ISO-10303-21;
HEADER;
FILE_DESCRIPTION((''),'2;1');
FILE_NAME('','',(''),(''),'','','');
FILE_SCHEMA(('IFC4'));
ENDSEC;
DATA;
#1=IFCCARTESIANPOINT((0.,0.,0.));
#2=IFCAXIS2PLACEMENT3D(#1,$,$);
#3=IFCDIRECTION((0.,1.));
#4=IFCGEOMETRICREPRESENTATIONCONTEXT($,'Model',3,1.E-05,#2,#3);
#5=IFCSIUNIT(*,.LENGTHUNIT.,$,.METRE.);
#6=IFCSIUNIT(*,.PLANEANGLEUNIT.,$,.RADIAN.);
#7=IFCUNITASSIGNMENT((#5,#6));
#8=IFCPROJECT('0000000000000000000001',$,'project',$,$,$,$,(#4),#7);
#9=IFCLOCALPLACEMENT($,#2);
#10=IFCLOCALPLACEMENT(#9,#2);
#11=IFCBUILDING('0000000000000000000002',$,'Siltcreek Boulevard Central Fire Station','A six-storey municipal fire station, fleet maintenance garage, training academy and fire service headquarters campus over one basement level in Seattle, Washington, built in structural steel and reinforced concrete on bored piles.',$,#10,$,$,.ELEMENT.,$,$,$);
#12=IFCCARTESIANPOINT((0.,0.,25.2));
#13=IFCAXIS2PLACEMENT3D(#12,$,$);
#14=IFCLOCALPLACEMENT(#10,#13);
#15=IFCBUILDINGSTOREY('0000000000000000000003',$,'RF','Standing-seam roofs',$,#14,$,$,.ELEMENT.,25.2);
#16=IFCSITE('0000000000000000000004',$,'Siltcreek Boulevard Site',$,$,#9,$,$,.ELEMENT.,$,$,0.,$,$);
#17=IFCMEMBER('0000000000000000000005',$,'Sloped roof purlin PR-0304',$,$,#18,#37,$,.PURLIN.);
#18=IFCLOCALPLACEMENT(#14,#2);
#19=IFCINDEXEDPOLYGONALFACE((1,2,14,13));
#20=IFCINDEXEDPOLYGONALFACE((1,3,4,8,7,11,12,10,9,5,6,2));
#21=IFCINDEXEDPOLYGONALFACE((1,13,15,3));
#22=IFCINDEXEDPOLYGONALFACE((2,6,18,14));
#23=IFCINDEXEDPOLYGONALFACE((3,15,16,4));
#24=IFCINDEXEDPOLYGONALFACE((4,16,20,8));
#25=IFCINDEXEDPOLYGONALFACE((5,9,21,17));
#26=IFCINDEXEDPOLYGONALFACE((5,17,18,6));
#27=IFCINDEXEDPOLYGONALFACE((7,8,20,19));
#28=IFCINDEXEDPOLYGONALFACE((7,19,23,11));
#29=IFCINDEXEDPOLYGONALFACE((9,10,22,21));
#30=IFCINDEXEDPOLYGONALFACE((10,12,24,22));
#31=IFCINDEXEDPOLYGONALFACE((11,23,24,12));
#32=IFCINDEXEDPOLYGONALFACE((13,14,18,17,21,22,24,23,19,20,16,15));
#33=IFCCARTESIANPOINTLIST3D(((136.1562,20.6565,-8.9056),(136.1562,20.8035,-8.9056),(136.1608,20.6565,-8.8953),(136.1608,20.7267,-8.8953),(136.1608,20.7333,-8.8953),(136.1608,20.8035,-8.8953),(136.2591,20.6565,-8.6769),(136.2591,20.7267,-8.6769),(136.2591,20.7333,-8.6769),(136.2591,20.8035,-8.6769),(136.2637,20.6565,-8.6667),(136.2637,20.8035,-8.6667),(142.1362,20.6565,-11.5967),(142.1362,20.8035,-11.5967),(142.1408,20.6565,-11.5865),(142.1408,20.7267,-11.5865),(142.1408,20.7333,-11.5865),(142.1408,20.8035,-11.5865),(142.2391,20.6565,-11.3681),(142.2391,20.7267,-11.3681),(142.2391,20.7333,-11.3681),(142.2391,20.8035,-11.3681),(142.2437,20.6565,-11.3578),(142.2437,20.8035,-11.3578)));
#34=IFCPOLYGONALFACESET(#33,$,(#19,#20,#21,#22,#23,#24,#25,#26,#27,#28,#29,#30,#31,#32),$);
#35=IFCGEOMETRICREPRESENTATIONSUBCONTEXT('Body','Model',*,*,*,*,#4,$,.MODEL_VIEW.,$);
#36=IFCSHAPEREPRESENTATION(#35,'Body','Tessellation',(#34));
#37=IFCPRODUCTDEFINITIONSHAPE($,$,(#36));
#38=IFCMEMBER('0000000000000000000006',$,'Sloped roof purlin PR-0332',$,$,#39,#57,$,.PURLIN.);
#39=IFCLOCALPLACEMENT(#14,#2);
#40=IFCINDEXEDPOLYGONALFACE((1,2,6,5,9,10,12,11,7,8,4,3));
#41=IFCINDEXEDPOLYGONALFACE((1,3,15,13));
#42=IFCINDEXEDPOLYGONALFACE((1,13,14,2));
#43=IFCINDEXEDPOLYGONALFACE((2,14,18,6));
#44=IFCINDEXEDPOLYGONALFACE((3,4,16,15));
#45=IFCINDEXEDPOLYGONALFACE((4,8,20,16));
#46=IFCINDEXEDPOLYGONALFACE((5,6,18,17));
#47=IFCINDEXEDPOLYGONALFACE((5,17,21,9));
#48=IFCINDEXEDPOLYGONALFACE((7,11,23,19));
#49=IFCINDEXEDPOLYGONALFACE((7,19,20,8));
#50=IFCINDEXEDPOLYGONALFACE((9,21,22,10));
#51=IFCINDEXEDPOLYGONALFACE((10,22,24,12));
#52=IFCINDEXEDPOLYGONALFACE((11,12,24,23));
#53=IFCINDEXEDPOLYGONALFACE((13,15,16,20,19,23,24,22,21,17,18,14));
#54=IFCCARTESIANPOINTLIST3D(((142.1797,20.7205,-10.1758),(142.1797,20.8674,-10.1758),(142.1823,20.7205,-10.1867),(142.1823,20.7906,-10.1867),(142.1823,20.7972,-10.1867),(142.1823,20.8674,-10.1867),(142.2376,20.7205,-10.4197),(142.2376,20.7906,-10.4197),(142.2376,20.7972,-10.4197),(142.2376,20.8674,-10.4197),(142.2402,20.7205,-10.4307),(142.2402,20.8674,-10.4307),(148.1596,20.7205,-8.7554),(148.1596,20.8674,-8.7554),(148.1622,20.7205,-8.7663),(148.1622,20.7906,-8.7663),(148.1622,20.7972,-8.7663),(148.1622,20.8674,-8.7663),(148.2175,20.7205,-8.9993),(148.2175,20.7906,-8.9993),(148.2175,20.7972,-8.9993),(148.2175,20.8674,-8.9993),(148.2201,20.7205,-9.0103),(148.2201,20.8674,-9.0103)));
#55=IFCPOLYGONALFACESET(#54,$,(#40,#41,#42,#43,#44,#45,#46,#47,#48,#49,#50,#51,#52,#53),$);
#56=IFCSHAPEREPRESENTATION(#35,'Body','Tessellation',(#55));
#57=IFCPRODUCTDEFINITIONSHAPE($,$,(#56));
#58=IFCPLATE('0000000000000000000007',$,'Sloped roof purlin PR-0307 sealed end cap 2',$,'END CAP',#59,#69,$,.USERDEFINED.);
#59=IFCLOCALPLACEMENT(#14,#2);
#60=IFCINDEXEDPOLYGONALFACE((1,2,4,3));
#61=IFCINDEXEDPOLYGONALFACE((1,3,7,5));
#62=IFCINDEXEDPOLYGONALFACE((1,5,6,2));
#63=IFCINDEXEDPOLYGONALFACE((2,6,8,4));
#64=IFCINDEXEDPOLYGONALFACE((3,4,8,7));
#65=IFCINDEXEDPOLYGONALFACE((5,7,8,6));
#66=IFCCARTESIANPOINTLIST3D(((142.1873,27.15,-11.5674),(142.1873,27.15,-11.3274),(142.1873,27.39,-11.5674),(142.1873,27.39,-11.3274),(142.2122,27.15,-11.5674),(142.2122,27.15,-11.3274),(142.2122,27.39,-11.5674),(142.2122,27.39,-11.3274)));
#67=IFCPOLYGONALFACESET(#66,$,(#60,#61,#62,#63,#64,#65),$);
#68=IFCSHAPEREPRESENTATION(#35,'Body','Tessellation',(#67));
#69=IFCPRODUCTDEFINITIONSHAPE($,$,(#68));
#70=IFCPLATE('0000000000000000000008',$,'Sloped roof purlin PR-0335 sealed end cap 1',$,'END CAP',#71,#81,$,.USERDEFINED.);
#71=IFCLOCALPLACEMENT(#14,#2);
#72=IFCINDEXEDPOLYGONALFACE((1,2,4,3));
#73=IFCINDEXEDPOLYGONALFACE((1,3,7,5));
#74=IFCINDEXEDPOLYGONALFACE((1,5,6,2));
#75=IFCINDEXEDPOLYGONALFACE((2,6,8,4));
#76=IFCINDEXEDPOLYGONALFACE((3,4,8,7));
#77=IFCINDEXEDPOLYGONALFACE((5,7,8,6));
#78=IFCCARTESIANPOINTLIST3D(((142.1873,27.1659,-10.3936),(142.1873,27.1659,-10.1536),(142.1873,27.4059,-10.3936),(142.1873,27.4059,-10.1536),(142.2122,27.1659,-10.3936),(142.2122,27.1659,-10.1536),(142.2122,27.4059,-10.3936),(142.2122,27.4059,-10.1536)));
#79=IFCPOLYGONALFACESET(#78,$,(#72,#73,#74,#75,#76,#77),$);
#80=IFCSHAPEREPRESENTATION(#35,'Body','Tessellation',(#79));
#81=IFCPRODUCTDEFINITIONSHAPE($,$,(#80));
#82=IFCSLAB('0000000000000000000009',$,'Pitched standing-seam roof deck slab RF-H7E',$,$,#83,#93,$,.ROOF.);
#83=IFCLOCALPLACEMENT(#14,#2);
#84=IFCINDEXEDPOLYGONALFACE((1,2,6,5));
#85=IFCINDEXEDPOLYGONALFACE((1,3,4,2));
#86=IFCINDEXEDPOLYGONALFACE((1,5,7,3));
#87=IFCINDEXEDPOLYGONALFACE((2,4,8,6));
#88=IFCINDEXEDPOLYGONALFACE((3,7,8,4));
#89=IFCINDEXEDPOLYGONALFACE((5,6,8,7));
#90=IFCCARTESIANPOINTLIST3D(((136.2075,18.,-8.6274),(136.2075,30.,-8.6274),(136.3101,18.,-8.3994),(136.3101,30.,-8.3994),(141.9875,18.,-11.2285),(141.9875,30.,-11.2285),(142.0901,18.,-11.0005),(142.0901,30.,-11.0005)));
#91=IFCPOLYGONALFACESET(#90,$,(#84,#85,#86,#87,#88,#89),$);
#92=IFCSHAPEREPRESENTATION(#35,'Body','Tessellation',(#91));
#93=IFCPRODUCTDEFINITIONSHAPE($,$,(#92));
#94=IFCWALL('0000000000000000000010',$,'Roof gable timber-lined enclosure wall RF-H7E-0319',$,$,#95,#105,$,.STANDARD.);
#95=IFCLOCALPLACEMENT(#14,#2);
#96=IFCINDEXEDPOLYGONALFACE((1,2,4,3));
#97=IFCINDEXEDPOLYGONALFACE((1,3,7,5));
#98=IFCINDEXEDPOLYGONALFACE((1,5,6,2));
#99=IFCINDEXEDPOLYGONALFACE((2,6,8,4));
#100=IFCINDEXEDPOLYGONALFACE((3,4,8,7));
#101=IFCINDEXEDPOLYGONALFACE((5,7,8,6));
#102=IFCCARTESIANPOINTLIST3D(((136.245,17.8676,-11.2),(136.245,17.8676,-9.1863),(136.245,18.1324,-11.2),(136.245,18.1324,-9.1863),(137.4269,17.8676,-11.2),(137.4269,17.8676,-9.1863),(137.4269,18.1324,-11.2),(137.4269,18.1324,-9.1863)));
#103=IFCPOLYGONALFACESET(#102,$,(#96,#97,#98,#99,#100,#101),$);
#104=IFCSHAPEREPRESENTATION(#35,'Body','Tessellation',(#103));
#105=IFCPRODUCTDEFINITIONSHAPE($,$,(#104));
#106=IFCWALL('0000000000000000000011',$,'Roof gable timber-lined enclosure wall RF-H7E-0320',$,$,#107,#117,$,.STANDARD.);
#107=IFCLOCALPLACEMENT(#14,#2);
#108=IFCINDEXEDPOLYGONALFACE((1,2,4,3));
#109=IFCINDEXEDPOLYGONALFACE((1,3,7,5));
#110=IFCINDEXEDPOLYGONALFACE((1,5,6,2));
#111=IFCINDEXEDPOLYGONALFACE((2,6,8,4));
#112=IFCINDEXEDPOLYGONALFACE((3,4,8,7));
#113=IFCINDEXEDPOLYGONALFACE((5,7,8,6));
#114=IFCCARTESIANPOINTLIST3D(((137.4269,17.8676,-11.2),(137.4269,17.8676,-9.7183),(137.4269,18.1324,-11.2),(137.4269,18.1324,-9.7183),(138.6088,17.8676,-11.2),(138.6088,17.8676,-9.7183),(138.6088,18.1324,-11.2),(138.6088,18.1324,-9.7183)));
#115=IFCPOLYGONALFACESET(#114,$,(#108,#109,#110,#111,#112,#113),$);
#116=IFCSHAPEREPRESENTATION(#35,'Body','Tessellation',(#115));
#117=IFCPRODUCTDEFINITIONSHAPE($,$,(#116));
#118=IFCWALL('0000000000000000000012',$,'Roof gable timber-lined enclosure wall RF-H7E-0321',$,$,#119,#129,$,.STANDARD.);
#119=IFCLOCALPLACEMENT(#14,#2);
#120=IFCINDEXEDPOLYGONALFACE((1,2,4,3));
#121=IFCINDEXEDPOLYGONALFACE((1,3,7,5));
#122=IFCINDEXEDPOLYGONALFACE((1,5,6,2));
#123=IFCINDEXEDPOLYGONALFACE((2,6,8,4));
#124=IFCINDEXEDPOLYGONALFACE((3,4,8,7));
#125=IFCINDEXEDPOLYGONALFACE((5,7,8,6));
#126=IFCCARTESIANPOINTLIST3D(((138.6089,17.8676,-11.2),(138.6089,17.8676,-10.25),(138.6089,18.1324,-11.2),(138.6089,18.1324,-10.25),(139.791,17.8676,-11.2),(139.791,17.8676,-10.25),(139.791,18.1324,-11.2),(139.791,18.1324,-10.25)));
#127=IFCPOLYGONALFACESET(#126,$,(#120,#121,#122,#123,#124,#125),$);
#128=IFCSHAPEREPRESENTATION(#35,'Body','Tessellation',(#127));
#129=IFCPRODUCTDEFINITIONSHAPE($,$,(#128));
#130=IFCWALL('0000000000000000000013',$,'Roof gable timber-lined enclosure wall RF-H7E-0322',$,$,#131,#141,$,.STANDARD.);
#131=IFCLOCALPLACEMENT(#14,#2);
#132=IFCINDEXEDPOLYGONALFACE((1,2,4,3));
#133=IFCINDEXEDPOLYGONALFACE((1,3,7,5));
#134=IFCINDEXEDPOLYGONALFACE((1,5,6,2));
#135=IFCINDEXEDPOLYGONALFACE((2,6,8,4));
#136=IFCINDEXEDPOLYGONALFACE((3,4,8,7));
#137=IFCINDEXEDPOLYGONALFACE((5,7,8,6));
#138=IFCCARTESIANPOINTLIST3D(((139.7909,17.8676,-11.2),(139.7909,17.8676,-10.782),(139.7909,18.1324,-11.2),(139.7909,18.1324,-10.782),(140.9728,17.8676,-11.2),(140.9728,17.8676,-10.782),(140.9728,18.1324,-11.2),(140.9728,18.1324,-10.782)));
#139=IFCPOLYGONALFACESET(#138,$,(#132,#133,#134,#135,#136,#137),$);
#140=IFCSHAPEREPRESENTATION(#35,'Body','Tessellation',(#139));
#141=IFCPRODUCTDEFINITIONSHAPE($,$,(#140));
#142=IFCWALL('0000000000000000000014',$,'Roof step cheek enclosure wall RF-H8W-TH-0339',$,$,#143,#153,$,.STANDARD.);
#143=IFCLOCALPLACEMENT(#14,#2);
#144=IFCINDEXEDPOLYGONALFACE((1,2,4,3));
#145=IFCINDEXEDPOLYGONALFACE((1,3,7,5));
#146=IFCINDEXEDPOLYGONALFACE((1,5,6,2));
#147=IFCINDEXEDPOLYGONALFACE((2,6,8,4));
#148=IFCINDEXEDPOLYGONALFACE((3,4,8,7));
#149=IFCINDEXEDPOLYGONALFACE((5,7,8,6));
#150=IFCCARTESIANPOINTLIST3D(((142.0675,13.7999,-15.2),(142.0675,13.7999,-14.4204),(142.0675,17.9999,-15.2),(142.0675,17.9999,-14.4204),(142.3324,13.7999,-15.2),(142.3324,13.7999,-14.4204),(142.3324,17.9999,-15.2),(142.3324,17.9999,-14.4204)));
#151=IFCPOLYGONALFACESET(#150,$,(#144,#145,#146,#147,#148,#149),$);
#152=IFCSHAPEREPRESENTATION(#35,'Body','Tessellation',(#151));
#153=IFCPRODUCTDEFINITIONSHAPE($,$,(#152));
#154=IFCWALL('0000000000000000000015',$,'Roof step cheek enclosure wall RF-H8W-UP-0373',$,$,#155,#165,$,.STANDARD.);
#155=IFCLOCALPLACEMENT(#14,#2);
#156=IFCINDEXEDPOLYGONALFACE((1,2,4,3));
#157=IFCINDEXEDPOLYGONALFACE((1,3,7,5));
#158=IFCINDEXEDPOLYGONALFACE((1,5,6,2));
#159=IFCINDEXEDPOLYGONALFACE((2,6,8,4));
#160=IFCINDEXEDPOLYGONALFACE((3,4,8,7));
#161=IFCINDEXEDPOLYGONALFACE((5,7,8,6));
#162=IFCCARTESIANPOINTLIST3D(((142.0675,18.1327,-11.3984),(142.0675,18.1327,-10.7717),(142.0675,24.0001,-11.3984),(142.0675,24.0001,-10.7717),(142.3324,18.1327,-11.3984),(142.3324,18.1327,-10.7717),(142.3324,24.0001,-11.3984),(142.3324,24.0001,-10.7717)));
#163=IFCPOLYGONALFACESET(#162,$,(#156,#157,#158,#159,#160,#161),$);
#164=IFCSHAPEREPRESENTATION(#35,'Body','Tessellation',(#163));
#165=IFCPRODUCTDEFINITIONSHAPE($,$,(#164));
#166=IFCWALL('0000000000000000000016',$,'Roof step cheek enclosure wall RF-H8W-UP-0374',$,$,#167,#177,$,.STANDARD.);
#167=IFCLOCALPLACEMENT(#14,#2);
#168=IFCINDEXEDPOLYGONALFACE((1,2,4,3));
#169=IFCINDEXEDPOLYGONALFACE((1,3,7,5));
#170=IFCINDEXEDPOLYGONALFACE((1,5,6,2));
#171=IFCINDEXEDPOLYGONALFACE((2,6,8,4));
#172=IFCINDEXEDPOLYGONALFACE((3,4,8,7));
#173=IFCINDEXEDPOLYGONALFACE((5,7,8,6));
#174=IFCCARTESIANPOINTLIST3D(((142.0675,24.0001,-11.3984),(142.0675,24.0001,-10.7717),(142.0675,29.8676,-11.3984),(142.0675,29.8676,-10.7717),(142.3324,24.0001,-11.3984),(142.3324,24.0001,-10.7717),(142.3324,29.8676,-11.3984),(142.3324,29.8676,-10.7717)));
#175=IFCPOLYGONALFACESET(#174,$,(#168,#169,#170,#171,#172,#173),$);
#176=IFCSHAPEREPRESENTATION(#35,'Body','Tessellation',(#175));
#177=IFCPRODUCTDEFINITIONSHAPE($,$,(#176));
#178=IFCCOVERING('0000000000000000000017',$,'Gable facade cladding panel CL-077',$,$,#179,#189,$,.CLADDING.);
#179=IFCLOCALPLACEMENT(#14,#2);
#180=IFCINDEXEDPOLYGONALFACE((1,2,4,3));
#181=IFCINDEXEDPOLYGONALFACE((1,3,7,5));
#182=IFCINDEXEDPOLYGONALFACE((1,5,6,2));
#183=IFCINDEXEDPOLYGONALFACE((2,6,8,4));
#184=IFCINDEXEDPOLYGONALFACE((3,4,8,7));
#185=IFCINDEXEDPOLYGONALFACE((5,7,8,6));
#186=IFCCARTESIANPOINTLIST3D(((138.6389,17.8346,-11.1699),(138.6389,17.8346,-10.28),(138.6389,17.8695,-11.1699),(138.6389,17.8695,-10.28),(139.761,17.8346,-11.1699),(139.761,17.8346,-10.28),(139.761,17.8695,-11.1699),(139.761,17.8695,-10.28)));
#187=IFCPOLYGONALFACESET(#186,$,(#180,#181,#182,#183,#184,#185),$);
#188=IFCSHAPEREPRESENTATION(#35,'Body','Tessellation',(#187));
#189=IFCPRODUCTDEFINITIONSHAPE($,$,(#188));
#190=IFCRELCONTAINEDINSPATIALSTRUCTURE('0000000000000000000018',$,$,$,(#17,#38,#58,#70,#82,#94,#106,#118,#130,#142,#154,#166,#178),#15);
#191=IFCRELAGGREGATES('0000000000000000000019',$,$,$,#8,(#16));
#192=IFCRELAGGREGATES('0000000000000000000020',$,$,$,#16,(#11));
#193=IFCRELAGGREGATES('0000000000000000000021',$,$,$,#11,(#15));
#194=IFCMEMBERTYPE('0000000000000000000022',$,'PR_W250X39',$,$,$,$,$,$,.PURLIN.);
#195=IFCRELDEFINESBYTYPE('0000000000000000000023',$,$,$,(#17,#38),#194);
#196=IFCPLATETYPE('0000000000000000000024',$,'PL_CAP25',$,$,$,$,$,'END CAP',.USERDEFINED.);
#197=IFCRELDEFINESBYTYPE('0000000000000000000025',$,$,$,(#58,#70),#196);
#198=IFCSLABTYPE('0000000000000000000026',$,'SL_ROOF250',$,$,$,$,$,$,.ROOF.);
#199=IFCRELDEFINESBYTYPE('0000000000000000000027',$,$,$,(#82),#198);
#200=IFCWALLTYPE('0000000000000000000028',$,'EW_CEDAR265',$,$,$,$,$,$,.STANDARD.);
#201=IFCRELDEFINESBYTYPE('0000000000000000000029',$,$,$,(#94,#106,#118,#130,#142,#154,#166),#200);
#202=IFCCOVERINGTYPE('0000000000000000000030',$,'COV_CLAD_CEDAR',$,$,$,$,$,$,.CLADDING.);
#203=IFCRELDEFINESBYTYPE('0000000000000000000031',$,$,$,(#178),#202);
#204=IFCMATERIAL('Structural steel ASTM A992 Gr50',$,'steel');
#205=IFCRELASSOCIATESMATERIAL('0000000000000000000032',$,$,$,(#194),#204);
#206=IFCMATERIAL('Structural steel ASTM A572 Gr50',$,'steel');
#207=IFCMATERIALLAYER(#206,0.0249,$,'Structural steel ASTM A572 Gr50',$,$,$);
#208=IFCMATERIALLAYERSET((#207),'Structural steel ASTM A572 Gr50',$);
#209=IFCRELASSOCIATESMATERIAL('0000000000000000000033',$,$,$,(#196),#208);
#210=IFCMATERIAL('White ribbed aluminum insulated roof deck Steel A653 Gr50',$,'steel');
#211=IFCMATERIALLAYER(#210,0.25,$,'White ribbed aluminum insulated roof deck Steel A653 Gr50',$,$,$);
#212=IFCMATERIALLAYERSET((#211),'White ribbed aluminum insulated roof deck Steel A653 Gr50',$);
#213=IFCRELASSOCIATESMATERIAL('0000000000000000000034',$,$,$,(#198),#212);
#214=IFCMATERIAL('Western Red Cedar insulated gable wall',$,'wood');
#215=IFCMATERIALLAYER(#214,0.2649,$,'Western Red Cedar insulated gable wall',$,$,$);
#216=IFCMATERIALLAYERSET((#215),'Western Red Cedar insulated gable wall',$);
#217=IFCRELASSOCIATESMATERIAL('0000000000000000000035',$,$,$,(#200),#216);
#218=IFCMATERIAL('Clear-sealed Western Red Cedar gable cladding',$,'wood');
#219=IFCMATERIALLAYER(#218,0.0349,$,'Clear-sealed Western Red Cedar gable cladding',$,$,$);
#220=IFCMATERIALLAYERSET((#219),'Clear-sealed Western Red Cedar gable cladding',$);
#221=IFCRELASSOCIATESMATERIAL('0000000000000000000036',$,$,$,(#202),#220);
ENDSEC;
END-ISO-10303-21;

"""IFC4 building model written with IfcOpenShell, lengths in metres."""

from ifc_helpers import new_model, si_unit, direction, frame, frame_2d, origin, origin_2d, place, context, subcontext, project, spatial, polyline, rectangle, i_section, outline, extrude, material, layer, layer_set, material_profile, profile_set, type_object, element, save


model = new_model("IFC4")

# Units and contexts
model_context = context("Model", 3, precision=1e-05, world=origin(), true_north=direction((0.0, 1.0)))
body_context = subcontext(model_context, "Body", "Model", "MODEL_VIEW")
ifc_project = project(units=[si_unit("LENGTHUNIT", "METRE"), si_unit("PLANEANGLEUNIT", "RADIAN")], contexts=[model_context])

# Site, building, storey
site_placement = place(None, origin())
site = spatial("IfcSite", under=ifc_project, at=site_placement, Name="Siltcreek Boulevard Site", CompositionType="ELEMENT", RefElevation=0.0)
building_placement = place(site_placement, origin())
building = spatial("IfcBuilding", under=site, at=building_placement, Name="Siltcreek Boulevard Central Fire Station", Description="A six-storey municipal fire station, fleet maintenance garage, training academy and fire service headquarters campus over one basement level in Seattle, Washington, built in structural steel and reinforced concrete on bored piles.", CompositionType="ELEMENT")
storey_placement = place(building_placement, frame((0.0, 0.0, 25.2)))
storey = spatial("IfcBuildingStorey", under=building, at=storey_placement, Name="RF", Description="Standing-seam roofs", CompositionType="ELEMENT", Elevation=25.2)

# Shared definitions
ifc_material_1 = material(Name="Structural steel ASTM A992 Gr50", Category="steel")

# Members
ifc_material_profile_1 = material_profile(ifc_material_1, i_section(OverallWidth=0.147, OverallDepth=0.262, WebThickness=0.0066, FlangeThickness=0.0112, at=origin_2d()), Name="W250X39")
ifc_profile_set_1 = profile_set([ifc_material_profile_1], Name="Structural steel ASTM A992 Gr50")
member_type_1 = type_object("IfcMemberType", Name="PR_W250X39", PredefinedType="PURLIN", material=ifc_profile_set_1)
member_1_placement = place(storey_placement, frame((136.21, 20.73, -8.7861), z_axis=(0.911912, 0.0, -0.410386), x_axis=(0.0, 1.0, 0.0)))
element("IfcMember", 1, at=member_1_placement, inside=storey, type_object=member_type_1, Name="Sloped roof purlin PR-0304", PredefinedType="PURLIN", context=body_context, shape_type="SweptSolid", body=[
    extrude(i_section(OverallWidth=0.147, OverallDepth=0.262, WebThickness=0.0066, FlangeThickness=0.0112, at=origin_2d()), origin(), (0.0, 0.0, 1.0), 6.5576),
])
member_2_placement = place(storey_placement, frame((142.21, 20.7939, -10.3032), z_axis=(0.972931, 0.0, 0.231098), x_axis=(0.0, 1.0, 0.0)))
element("IfcMember", 2, at=member_2_placement, inside=storey, type_object=member_type_1, Name="Sloped roof purlin PR-0332", PredefinedType="PURLIN", context=body_context, shape_type="SweptSolid", body=[
    extrude(i_section(OverallWidth=0.147, OverallDepth=0.262, WebThickness=0.0066, FlangeThickness=0.0112, at=origin_2d()), origin(), (0.0, 0.0, 1.0), 6.1462),
])

# Plates
ifc_material_2 = material(Name="Structural steel ASTM A572 Gr50", Category="steel")
ifc_layer_1 = layer(ifc_material_2, 0.0249, Name="Structural steel ASTM A572 Gr50")
ifc_layer_set_1 = layer_set([ifc_layer_1], Name="Structural steel ASTM A572 Gr50")
plate_type = type_object("IfcPlateType", Name="PL_CAP25", ElementType="END CAP", PredefinedType="USERDEFINED", material=ifc_layer_set_1)
for number, where, z_axis, x_axis, name in (
    (3, (142.1997, 27.27, -11.5674), (0.0, 0.0, 1.0), (1.0, 0.0, 0.0), "Sloped roof purlin PR-0307 sealed end cap 2"),
    (4, (142.1997, 27.2859, -10.3936), (0.0, 0.0, 1.0), (1.0, 0.0, 0.0), "Sloped roof purlin PR-0335 sealed end cap 1"),
):
    element("IfcPlate", number, at=place(storey_placement, frame(where, z_axis=z_axis, x_axis=x_axis)), inside=storey, type_object=plate_type, Name=name, ObjectType="END CAP", PredefinedType="USERDEFINED", context=body_context, shape_type="SweptSolid", body=[
        extrude(rectangle(XDim=0.0249, YDim=0.24, at=origin_2d()), origin(), (0.0, 0.0, 1.0), 0.24),
    ])

# Slab
ifc_material_3 = material(Name="White ribbed aluminum insulated roof deck Steel A653 Gr50", Category="steel")
ifc_layer_2 = layer(ifc_material_3, 0.25, Name="White ribbed aluminum insulated roof deck Steel A653 Gr50")
ifc_layer_set_2 = layer_set([ifc_layer_2], Name="White ribbed aluminum insulated roof deck Steel A653 Gr50")
slab_type = type_object("IfcSlabType", Name="SL_ROOF250", PredefinedType="ROOF", material=ifc_layer_set_2)
slab_placement = place(storey_placement, frame((136.3101, 18.0, -8.3994), z_axis=(0.410373, 0.0, 0.911918), x_axis=(0.911918, 0.0, -0.410373)))
element("IfcSlab", 5, at=slab_placement, inside=storey, type_object=slab_type, Name="Pitched standing-seam roof deck slab RF-H7E", PredefinedType="ROOF", context=body_context, shape_type="SweptSolid", body=[
    extrude(outline(polyline([(0.0, 0.0), (6.3383, 0.0), (6.3383, 12.0), (0.0, 12.0), (0.0, 0.0)])), origin(), (0.0, 0.0, -1.0), 0.25),
])

# Walls
ifc_material_4 = material(Name="Western Red Cedar insulated gable wall", Category="wood")
ifc_layer_3 = layer(ifc_material_4, 0.2649, Name="Western Red Cedar insulated gable wall")
ifc_layer_set_3 = layer_set([ifc_layer_3], Name="Western Red Cedar insulated gable wall")
wall_type = type_object("IfcWallType", Name="EW_CEDAR265", PredefinedType="STANDARD", material=ifc_layer_set_3)
wall_1_placement = place(storey_placement, frame((136.2451, 18.0, -11.2), z_axis=(0.0, 0.0, 1.0), x_axis=(1.0, 0.0, 0.0)))
element("IfcWall", 6, at=wall_1_placement, inside=storey, type_object=wall_type, Name="Roof gable timber-lined enclosure wall RF-H7E-0319", PredefinedType="STANDARD", context=body_context, shape_type="SweptSolid", body=[
    extrude(rectangle(XDim=1.1819, YDim=0.2649, at=frame_2d((0.5908, 0.0))), origin(), (0.0, 0.0, 1.0), 2.0137),
])
wall_2_placement = place(storey_placement, frame((137.427, 18.0, -11.2), z_axis=(0.0, 0.0, 1.0), x_axis=(1.0, 0.0, 0.0)))
element("IfcWall", 7, at=wall_2_placement, inside=storey, type_object=wall_type, Name="Roof gable timber-lined enclosure wall RF-H7E-0320", PredefinedType="STANDARD", context=body_context, shape_type="SweptSolid", body=[
    extrude(rectangle(XDim=1.1819, YDim=0.2649, at=frame_2d((0.5908, 0.0))), origin(), (0.0, 0.0, 1.0), 1.4817),
])
wall_3_placement = place(storey_placement, frame((138.6089, 18.0, -11.2), z_axis=(0.0, 0.0, 1.0), x_axis=(1.0, 0.0, 0.0)))
element("IfcWall", 8, at=wall_3_placement, inside=storey, type_object=wall_type, Name="Roof gable timber-lined enclosure wall RF-H7E-0321", PredefinedType="STANDARD", context=body_context, shape_type="SweptSolid", body=[
    extrude(rectangle(XDim=1.1821, YDim=0.2649, at=frame_2d((0.5911, 0.0))), origin(), (0.0, 0.0, 1.0), 0.95),
])
wall_4_placement = place(storey_placement, frame((139.791, 18.0, -11.2), z_axis=(0.0, 0.0, 1.0), x_axis=(1.0, 0.0, 0.0)))
element("IfcWall", 9, at=wall_4_placement, inside=storey, type_object=wall_type, Name="Roof gable timber-lined enclosure wall RF-H7E-0322", PredefinedType="STANDARD", context=body_context, shape_type="SweptSolid", body=[
    extrude(rectangle(XDim=1.1819, YDim=0.2649, at=frame_2d((0.5908, 0.0))), origin(), (0.0, 0.0, 1.0), 0.418),
])
wall_5_placement = place(storey_placement, frame((142.2, 18.0, -15.2), z_axis=(0.0, 0.0, 1.0), x_axis=(0.0, -1.0, 0.0)))
element("IfcWall", 10, at=wall_5_placement, inside=storey, type_object=wall_type, Name="Roof step cheek enclosure wall RF-H8W-TH-0339", PredefinedType="STANDARD", context=body_context, shape_type="SweptSolid", body=[
    extrude(rectangle(XDim=4.2, YDim=0.2649, at=frame_2d((2.1001, 0.0))), origin(), (0.0, 0.0, 1.0), 0.7795),
])
for number, where, z_axis, x_axis, name in (
    (11, (142.2, 24.0, -11.3984), (0.0, 0.0, 1.0), (0.0, -1.0, 0.0), "Roof step cheek enclosure wall RF-H8W-UP-0373"),
    (12, (142.2, 29.8674, -11.3984), (0.0, 0.0, 1.0), (0.0, -1.0, 0.0), "Roof step cheek enclosure wall RF-H8W-UP-0374"),
):
    element("IfcWall", number, at=place(storey_placement, frame(where, z_axis=z_axis, x_axis=x_axis)), inside=storey, type_object=wall_type, Name=name, PredefinedType="STANDARD", context=body_context, shape_type="SweptSolid", body=[
        extrude(rectangle(XDim=5.8674, YDim=0.2649, at=frame_2d((2.9336, 0.0))), origin(), (0.0, 0.0, 1.0), 0.6267),
    ])

# Covering
ifc_material_5 = material(Name="Clear-sealed Western Red Cedar gable cladding", Category="wood")
ifc_layer_4 = layer(ifc_material_5, 0.0349, Name="Clear-sealed Western Red Cedar gable cladding")
ifc_layer_set_4 = layer_set([ifc_layer_4], Name="Clear-sealed Western Red Cedar gable cladding")
covering_type = type_object("IfcCoveringType", Name="COV_CLAD_CEDAR", PredefinedType="CLADDING", material=ifc_layer_set_4)
covering_placement = place(storey_placement, frame((139.2, 17.8521, -11.1699), z_axis=(0.0, 0.0, 1.0), x_axis=(1.0, 0.0, 0.0)))
element("IfcCovering", 13, at=covering_placement, inside=storey, type_object=covering_type, Name="Gable facade cladding panel CL-077", PredefinedType="CLADDING", context=body_context, shape_type="SweptSolid", body=[
    extrude(rectangle(XDim=1.1221, YDim=0.0349, at=origin_2d()), origin(), (0.0, 0.0, 1.0), 0.8899),
])

save(model, "model.ifc")
